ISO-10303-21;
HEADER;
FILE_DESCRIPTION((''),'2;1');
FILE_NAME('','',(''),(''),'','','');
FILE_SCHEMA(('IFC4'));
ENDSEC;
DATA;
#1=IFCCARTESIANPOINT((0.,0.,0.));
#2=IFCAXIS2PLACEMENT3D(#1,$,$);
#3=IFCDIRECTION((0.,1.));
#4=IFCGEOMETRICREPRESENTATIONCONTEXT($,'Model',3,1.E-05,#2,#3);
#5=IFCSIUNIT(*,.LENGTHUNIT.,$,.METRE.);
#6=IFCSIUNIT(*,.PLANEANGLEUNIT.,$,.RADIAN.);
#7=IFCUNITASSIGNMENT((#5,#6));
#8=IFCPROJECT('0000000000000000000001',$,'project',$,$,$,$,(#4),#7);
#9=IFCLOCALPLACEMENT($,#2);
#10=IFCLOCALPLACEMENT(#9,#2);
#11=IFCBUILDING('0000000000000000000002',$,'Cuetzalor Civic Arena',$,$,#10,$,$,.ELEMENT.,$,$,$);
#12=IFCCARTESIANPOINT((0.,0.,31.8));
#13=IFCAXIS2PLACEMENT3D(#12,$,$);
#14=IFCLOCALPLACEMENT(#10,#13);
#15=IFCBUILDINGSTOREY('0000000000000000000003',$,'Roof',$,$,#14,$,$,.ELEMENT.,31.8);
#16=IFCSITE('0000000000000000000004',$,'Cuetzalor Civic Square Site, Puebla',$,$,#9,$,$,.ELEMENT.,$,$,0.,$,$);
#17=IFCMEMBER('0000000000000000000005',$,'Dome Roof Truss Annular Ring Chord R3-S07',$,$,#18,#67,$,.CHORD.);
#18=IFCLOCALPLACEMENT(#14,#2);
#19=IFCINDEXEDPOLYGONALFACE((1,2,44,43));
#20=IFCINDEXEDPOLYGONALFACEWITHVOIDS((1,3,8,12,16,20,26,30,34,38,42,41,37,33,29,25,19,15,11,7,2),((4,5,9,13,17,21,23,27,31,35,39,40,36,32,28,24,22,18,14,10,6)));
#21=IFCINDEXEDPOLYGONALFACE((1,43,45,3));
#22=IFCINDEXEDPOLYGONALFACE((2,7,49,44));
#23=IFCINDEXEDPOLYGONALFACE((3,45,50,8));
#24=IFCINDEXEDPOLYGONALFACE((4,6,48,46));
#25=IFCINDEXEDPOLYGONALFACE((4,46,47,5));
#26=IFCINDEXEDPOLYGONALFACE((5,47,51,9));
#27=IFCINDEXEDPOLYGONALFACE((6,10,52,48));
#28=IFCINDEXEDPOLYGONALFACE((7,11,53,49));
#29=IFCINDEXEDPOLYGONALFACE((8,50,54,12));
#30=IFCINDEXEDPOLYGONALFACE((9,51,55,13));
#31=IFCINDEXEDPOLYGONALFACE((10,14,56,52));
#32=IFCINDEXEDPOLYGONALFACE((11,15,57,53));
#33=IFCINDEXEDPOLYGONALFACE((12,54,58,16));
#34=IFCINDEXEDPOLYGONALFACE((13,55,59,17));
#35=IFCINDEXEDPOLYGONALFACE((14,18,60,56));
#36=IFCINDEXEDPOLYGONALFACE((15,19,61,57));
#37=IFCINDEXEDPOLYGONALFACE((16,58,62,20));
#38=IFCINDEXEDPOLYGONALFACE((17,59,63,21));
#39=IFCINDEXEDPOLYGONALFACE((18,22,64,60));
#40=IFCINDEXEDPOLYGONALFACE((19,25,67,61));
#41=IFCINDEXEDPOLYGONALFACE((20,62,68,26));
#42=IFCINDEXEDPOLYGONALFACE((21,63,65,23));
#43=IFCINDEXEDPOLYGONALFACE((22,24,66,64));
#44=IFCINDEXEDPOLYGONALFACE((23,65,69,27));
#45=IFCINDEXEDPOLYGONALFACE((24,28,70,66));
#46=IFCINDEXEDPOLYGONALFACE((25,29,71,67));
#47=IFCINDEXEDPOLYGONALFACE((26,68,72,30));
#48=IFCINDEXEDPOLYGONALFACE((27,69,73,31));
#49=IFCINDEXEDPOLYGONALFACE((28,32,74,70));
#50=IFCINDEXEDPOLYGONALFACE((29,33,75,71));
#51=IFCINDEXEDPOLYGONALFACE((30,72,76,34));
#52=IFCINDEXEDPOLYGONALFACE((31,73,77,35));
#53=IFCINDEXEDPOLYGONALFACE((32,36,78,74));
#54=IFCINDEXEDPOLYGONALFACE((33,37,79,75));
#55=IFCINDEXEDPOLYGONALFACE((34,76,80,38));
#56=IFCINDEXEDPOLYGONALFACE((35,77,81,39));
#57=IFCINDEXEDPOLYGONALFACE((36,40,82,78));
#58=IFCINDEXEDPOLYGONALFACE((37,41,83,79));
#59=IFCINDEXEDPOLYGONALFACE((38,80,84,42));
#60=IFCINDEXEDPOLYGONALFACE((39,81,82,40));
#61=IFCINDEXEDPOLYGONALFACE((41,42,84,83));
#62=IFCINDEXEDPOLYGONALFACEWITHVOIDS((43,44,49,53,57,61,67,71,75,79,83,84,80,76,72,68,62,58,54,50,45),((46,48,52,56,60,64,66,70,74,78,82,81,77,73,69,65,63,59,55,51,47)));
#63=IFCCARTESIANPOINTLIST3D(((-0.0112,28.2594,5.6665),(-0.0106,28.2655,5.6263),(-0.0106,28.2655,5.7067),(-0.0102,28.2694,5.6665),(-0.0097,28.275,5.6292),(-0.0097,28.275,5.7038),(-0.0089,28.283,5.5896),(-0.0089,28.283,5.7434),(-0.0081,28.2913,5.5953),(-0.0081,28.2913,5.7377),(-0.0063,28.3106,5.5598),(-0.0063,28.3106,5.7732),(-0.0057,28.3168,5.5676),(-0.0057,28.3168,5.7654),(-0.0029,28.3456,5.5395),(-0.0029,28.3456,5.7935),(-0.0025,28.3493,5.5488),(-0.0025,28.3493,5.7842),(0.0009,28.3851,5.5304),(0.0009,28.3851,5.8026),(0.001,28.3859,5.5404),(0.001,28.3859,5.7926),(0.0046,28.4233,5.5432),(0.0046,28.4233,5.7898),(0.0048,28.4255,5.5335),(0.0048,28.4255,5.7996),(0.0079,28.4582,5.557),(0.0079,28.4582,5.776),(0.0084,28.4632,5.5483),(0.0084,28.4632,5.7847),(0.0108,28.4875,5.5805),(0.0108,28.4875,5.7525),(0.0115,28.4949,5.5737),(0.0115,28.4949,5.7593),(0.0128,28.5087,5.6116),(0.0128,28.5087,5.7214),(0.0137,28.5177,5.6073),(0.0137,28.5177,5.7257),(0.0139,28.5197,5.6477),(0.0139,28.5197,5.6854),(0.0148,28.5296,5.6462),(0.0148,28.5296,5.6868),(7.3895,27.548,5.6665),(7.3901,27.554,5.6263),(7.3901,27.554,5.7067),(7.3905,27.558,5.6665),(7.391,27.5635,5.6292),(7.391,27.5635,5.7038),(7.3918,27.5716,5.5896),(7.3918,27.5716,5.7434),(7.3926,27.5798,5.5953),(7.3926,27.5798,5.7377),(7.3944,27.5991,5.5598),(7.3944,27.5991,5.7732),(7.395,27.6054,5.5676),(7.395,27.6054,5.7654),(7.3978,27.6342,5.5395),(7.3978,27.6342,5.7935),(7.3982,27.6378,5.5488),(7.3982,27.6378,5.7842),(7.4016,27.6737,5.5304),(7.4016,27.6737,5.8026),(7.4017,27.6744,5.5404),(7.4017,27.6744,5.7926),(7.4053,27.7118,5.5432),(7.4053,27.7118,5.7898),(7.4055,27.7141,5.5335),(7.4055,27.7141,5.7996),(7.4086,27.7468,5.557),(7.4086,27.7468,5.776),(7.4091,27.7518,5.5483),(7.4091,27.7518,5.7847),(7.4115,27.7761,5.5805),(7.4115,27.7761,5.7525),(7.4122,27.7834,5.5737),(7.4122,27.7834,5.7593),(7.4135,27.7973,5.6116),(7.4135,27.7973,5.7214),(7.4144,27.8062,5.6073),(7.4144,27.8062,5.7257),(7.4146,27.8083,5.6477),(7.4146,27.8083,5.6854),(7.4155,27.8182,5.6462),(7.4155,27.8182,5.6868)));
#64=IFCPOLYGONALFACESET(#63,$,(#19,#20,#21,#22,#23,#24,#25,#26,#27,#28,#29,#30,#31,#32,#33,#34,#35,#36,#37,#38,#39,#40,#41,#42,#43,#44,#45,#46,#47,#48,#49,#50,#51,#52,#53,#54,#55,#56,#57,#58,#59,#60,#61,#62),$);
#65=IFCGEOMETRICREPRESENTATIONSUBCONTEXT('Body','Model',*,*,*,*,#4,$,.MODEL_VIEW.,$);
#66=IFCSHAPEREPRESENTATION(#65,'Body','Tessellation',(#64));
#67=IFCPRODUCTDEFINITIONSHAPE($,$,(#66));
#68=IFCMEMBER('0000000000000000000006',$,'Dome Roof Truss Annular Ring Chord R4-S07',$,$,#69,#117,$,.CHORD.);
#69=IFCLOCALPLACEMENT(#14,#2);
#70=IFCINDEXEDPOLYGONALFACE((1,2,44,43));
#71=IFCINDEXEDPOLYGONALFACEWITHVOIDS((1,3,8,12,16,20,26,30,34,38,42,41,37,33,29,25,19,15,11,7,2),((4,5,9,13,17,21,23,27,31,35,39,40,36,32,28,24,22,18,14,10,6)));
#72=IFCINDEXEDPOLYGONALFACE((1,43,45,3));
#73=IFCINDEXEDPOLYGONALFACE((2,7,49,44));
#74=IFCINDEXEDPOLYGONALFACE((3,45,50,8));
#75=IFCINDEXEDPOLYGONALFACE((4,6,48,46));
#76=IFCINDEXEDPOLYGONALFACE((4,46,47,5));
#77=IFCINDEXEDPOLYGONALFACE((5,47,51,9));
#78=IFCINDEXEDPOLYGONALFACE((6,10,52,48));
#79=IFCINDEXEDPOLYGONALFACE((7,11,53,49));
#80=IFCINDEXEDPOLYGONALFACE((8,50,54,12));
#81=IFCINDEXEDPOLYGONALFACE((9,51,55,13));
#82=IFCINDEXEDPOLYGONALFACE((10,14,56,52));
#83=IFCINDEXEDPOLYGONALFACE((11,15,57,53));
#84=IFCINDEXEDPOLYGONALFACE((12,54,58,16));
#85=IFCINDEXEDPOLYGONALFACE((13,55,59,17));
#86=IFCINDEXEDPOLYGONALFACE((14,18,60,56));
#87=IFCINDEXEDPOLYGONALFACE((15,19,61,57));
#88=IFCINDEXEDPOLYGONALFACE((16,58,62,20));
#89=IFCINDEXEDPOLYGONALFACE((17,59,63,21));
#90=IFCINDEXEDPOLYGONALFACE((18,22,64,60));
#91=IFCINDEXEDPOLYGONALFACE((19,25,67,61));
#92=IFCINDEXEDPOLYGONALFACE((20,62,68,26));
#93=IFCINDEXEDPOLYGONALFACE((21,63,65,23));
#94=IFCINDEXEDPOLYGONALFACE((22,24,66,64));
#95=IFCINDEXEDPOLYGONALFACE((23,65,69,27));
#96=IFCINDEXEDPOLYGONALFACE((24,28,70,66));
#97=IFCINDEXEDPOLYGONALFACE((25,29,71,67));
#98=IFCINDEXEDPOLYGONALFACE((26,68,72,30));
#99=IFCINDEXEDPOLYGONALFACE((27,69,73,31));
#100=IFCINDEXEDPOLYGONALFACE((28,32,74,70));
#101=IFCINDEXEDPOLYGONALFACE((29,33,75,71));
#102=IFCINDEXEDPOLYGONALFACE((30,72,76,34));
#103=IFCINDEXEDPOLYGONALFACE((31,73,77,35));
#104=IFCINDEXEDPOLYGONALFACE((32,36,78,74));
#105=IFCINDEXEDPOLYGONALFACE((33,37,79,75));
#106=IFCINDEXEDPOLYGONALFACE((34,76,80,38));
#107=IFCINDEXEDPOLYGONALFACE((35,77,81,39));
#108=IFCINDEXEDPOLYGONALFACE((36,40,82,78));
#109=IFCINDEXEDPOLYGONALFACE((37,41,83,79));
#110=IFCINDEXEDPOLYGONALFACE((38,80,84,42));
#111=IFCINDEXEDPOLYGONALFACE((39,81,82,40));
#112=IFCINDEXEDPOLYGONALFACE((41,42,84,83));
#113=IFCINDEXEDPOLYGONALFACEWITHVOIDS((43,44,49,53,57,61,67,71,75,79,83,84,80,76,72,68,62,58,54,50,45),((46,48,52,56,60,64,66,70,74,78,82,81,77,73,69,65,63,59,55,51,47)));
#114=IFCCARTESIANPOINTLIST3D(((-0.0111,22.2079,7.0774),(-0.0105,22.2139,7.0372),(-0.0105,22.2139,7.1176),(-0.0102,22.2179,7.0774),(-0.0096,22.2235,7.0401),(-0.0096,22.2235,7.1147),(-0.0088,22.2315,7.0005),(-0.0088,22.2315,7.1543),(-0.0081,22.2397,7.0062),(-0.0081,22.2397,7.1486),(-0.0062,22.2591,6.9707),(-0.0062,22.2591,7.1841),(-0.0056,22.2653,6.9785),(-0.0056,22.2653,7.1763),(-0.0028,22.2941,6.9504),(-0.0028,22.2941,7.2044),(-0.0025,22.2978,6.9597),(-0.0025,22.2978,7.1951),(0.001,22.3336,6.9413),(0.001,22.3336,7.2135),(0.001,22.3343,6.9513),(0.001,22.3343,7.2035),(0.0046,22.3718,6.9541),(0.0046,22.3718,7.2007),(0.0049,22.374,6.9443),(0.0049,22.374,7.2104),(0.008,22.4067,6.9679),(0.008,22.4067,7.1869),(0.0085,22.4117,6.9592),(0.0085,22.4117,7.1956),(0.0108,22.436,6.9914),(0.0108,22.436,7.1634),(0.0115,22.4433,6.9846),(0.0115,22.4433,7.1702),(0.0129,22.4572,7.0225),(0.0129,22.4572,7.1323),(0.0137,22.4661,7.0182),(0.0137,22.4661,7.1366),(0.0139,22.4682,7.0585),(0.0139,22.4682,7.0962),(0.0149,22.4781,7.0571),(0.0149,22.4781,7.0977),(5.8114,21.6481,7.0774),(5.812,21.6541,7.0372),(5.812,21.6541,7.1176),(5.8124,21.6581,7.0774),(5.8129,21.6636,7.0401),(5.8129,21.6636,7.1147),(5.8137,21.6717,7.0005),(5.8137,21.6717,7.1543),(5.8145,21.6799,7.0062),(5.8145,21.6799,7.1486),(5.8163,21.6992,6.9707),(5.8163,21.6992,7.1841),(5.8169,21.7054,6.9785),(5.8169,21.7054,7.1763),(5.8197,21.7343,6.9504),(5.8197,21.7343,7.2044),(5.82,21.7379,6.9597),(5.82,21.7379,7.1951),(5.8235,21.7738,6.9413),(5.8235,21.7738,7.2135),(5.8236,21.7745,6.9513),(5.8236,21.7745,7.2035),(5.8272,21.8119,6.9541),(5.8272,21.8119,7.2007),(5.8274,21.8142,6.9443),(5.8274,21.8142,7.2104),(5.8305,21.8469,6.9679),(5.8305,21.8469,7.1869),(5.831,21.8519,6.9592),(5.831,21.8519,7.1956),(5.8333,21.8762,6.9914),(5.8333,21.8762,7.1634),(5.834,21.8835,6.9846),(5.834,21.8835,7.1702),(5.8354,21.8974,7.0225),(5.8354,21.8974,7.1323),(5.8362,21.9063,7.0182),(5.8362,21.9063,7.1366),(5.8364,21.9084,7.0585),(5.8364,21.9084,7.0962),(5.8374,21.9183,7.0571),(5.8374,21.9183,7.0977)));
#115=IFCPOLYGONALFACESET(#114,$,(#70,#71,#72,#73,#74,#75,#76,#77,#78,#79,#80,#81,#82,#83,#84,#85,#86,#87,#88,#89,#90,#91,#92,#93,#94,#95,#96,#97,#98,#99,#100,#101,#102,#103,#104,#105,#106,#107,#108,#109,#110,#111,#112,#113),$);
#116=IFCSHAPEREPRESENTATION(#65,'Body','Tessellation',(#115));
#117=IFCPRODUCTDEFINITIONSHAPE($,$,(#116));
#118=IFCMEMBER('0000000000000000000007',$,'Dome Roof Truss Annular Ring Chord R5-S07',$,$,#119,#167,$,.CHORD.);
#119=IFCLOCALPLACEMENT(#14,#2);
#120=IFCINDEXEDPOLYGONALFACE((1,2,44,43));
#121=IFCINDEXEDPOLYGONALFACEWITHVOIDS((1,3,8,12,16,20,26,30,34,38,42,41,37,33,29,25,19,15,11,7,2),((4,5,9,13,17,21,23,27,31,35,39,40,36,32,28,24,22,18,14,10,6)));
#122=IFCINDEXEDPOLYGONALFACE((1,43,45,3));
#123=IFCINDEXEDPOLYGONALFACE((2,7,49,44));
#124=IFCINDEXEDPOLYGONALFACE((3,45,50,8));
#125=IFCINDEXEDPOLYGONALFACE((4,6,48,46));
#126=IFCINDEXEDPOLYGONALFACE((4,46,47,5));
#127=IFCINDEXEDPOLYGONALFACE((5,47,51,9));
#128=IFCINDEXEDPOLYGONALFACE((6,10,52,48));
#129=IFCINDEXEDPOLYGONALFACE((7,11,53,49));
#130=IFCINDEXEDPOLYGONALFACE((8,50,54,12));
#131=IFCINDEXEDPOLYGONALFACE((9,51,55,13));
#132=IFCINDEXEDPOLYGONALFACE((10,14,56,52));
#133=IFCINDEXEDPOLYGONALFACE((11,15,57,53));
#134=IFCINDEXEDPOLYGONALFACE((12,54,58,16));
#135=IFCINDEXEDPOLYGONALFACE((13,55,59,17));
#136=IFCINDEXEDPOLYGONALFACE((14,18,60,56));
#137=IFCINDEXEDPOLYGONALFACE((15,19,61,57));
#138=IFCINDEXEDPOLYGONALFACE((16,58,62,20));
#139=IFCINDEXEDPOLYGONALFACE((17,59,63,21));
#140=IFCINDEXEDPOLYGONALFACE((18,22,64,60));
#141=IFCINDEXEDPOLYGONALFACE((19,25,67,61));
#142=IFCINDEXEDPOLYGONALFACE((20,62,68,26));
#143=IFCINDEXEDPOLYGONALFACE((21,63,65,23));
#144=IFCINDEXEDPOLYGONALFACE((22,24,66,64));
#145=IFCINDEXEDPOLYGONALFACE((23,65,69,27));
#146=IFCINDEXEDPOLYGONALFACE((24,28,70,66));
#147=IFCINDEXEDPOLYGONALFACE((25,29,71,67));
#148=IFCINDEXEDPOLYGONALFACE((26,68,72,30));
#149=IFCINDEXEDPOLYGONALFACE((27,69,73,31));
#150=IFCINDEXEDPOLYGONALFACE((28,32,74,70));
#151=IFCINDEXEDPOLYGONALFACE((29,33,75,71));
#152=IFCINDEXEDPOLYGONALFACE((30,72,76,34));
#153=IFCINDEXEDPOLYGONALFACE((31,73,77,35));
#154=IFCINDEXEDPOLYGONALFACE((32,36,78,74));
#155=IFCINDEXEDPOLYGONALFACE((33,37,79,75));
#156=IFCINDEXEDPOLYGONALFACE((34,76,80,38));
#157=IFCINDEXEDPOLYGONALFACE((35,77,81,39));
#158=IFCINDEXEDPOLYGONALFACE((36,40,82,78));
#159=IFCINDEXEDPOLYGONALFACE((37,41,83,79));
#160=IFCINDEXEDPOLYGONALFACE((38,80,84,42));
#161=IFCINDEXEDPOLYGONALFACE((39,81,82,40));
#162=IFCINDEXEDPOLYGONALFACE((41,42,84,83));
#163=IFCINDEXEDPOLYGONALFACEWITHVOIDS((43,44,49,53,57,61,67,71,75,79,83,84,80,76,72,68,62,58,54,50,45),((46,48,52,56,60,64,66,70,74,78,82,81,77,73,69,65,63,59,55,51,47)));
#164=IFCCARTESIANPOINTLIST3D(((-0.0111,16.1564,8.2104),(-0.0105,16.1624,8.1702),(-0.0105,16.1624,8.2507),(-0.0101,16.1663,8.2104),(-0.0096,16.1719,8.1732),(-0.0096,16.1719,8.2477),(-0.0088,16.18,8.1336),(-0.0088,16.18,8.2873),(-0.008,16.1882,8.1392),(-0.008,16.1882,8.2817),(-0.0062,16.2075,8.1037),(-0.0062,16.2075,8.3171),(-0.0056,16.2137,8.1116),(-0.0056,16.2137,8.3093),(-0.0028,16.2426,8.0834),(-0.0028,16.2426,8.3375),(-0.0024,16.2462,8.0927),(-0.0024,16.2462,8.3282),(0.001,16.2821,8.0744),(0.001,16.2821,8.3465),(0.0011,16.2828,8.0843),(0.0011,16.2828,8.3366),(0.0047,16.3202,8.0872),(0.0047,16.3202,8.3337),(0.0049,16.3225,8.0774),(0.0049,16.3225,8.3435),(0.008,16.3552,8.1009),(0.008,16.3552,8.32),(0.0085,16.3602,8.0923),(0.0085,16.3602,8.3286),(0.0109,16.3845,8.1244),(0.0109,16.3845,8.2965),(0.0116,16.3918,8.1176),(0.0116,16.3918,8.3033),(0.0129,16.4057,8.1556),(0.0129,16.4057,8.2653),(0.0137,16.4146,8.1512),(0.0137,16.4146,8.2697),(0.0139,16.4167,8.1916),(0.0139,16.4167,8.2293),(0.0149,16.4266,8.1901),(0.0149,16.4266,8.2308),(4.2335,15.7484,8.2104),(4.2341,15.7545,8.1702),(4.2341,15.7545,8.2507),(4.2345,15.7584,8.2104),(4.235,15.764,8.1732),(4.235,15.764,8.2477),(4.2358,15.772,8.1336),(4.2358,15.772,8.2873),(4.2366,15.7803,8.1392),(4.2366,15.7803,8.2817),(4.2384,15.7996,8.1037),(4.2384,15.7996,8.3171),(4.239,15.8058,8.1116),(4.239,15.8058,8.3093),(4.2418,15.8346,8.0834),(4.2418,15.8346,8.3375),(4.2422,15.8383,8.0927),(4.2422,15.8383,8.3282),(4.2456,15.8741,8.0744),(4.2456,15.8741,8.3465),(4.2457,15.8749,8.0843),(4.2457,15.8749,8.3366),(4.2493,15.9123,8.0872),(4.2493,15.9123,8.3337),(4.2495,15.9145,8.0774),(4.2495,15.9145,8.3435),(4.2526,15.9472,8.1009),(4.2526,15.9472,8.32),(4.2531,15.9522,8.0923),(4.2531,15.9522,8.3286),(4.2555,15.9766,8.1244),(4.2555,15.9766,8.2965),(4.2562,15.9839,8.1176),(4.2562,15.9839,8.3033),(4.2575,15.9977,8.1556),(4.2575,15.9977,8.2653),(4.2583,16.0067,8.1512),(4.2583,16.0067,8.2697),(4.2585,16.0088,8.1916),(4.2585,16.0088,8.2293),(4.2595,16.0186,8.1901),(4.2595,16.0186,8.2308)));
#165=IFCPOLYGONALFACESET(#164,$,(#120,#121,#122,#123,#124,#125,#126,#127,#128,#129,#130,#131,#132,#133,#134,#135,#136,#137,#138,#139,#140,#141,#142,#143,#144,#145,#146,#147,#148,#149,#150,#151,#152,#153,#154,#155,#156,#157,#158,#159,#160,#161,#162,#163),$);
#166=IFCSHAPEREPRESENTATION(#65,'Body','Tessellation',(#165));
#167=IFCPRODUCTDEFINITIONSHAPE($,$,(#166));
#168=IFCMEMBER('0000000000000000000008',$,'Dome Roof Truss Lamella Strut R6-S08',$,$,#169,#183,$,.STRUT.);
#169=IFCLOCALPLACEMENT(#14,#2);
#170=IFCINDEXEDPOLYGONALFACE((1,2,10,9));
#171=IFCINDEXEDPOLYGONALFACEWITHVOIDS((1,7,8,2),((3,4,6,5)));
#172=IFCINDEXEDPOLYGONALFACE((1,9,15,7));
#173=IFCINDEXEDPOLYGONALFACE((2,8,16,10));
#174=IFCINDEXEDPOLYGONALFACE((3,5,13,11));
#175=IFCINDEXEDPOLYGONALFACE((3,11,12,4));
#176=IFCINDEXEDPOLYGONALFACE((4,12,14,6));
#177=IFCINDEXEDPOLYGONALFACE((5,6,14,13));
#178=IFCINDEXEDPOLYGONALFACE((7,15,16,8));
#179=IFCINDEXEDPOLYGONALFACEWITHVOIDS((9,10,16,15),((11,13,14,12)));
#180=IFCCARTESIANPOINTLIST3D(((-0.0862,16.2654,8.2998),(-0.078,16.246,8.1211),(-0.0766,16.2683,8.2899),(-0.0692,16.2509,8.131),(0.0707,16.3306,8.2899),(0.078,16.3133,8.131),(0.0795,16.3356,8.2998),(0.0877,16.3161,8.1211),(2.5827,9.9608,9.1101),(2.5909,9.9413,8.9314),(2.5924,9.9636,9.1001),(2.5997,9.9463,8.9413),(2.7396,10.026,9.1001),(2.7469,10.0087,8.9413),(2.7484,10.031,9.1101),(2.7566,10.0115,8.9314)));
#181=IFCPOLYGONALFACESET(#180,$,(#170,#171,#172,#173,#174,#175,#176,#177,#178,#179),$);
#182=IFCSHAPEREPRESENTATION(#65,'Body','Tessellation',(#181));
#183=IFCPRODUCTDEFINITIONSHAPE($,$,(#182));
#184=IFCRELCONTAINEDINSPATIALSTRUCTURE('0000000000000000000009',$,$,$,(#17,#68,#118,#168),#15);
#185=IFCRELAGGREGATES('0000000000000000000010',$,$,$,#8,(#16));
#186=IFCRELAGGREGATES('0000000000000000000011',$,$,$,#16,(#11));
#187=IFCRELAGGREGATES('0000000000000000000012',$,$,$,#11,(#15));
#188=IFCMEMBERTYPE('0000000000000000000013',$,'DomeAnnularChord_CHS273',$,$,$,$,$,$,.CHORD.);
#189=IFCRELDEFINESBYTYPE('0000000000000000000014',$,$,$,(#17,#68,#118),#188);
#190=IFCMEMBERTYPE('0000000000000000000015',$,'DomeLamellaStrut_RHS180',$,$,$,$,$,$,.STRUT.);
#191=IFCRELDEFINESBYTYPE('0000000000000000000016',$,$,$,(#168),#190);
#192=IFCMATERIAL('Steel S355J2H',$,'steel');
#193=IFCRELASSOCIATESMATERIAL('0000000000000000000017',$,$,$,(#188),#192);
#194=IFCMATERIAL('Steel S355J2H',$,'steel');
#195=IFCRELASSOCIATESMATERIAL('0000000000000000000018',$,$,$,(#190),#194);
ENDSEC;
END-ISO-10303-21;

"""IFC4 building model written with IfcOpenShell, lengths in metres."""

from ifc_helpers import new_model, si_unit, direction, frame, origin, origin_2d, place, context, subcontext, project, spatial, hollow_rectangle, hollow_circle, extrude, material, material_profile, profile_set, type_object, element, save


model = new_model("IFC4")

# Units and contexts
model_context = context("Model", 3, precision=1e-05, world=origin(), true_north=direction((0.0, 1.0)))
body_context = subcontext(model_context, "Body", "Model", "MODEL_VIEW")
ifc_project = project(units=[si_unit("LENGTHUNIT", "METRE"), si_unit("PLANEANGLEUNIT", "RADIAN")], contexts=[model_context])

# Site, building, storey
site_placement = place(None, origin())
site = spatial("IfcSite", under=ifc_project, at=site_placement, Name="Cuetzalor Civic Square Site, Puebla", CompositionType="ELEMENT", RefElevation=0.0)
building_placement = place(site_placement, origin())
building = spatial("IfcBuilding", under=site, at=building_placement, Name="Cuetzalor Civic Arena", CompositionType="ELEMENT")
storey_placement = place(building_placement, frame((0.0, 0.0, 31.8)))
storey = spatial("IfcBuildingStorey", under=building, at=storey_placement, Name="Roof", CompositionType="ELEMENT", Elevation=31.8)

# Members
ifc_material_1 = material(Name="Steel S355J2H", Category="steel")
ifc_material_profile_1 = material_profile(ifc_material_1, hollow_circle(Radius=0.1365, WallThickness=0.01, at=origin_2d()), Name="CHS 273x10")
ifc_profile_set_1 = profile_set([ifc_material_profile_1], Name="Steel S355J2H")
member_type_1 = type_object("IfcMemberType", Name="DomeAnnularChord_CHS273", PredefinedType="CHORD", material=ifc_profile_set_1)
member_1_placement = place(storey_placement, frame((7.4026, 27.6838, 5.6665), z_axis=(-0.995411, 0.095689, 0.0), x_axis=(-0.095689, -0.995411, 0.0)))
element("IfcMember", 1, at=member_1_placement, inside=storey, type_object=member_type_1, Name="Dome Roof Truss Annular Ring Chord R3-S07", PredefinedType="CHORD", context=body_context, shape_type="SweptSolid", body=[
    extrude(hollow_circle(Radius=0.1365, WallThickness=0.01, at=origin_2d()), origin(), (0.0, 0.0, 1.0), 7.4348),
])
member_2_placement = place(storey_placement, frame((5.8245, 21.7839, 7.0774), z_axis=(-0.99541, 0.095705, 0.0), x_axis=(-0.095705, -0.99541, 0.0)))
element("IfcMember", 2, at=member_2_placement, inside=storey, type_object=member_type_1, Name="Dome Roof Truss Annular Ring Chord R4-S07", PredefinedType="CHORD", context=body_context, shape_type="SweptSolid", body=[
    extrude(hollow_circle(Radius=0.1365, WallThickness=0.01, at=origin_2d()), origin(), (0.0, 0.0, 1.0), 5.8494),
])
member_3_placement = place(storey_placement, frame((4.2466, 15.8843, 8.2104), z_axis=(-0.995413, 0.095671, 0.0), x_axis=(-0.095671, -0.995413, 0.0)))
element("IfcMember", 3, at=member_3_placement, inside=storey, type_object=member_type_1, Name="Dome Roof Truss Annular Ring Chord R5-S07", PredefinedType="CHORD", context=body_context, shape_type="SweptSolid", body=[
    extrude(hollow_circle(Radius=0.1365, WallThickness=0.01, at=origin_2d()), origin(), (0.0, 0.0, 1.0), 4.2642),
])
ifc_material_2 = material(Name="Steel S355J2H", Category="steel")
ifc_material_profile_2 = material_profile(ifc_material_2, hollow_rectangle(XDim=0.1799, YDim=0.1799, WallThickness=0.01, at=origin_2d()), Name="RHS 180x180x10")
ifc_profile_set_2 = profile_set([ifc_material_profile_2], Name="Steel S355J2H")
member_type_2 = type_object("IfcMemberType", Name="DomeLamellaStrut_RHS180", PredefinedType="STRUT", material=ifc_profile_set_2)
member_4_placement = place(storey_placement, frame((0.0007, 16.2908, 8.2104), z_axis=(0.387133, -0.914502, 0.117535), x_axis=(0.920885, 0.389835, 0.0)))
element("IfcMember", 4, at=member_4_placement, inside=storey, type_object=member_type_2, Name="Dome Roof Truss Lamella Strut R6-S08", PredefinedType="STRUT", context=body_context, shape_type="SweptSolid", body=[
    extrude(hollow_rectangle(XDim=0.1799, YDim=0.1799, WallThickness=0.01, at=origin_2d()), origin(), (0.0, 0.0, 1.0), 6.894),
])

save(model, "model.ifc")
